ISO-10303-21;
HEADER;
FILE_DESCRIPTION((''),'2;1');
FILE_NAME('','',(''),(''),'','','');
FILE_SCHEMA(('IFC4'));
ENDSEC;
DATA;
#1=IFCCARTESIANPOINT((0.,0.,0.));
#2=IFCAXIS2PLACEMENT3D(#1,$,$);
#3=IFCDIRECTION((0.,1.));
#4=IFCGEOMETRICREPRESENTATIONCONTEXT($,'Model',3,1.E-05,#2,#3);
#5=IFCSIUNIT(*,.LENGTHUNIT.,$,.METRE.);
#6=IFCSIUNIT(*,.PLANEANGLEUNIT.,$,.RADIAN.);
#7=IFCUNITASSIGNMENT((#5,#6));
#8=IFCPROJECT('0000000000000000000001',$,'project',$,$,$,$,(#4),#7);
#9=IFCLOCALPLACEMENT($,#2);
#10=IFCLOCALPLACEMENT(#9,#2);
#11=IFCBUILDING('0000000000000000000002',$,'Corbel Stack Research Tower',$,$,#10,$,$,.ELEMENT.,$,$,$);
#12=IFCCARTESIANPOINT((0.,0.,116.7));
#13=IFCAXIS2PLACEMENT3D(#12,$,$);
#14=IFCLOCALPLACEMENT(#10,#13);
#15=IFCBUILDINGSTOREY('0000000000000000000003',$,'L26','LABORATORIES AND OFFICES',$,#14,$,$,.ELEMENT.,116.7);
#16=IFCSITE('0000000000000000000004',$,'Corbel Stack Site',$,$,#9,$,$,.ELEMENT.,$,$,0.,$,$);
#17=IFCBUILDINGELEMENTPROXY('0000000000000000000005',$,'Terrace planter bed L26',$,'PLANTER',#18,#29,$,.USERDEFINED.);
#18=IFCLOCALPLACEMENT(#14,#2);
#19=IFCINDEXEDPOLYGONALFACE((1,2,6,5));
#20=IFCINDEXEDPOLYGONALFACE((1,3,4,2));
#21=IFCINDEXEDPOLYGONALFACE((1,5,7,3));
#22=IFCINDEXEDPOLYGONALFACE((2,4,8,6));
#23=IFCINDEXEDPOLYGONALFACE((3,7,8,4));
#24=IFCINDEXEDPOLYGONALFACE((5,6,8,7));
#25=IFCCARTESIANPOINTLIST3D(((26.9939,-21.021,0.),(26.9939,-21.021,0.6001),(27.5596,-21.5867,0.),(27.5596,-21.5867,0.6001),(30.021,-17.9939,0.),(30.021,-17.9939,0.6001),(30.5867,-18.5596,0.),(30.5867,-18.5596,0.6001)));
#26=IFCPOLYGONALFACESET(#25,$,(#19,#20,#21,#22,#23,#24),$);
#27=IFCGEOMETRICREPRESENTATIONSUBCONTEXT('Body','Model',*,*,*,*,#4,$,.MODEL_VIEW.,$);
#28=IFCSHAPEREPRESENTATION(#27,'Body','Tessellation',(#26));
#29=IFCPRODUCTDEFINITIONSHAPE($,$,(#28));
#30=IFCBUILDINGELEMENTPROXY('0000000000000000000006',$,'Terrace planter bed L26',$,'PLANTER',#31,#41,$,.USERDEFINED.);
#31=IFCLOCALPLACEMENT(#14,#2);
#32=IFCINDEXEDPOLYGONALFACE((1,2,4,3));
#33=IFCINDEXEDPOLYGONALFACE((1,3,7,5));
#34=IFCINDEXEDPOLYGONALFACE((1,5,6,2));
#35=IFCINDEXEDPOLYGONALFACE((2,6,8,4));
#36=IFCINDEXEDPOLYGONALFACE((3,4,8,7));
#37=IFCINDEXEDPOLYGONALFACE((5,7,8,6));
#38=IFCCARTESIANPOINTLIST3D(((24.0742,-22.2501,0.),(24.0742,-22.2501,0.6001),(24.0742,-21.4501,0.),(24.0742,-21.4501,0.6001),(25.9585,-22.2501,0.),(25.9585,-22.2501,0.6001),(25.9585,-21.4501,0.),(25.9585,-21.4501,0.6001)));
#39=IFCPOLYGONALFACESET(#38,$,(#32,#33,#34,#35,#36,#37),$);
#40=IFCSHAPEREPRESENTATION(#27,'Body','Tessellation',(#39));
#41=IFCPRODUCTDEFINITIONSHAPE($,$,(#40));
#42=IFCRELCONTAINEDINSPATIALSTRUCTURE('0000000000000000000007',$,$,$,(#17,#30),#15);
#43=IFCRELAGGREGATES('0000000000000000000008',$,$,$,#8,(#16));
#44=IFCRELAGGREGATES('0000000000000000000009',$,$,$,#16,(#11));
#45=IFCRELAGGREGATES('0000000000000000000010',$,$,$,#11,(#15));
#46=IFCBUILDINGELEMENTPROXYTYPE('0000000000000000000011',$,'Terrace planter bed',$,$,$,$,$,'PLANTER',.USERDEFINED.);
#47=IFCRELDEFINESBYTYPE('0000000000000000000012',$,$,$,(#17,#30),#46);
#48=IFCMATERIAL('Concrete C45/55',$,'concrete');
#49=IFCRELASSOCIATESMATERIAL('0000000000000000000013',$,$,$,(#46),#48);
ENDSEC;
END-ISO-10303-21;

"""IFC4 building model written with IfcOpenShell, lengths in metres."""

from ifc_helpers import new_model, si_unit, direction, frame, origin, origin_2d, place, context, subcontext, project, spatial, rectangle, extrude, material, type_object, element, save


model = new_model("IFC4")

# Units and contexts
model_context = context("Model", 3, precision=1e-05, world=origin(), true_north=direction((0.0, 1.0)))
body_context = subcontext(model_context, "Body", "Model", "MODEL_VIEW")
ifc_project = project(units=[si_unit("LENGTHUNIT", "METRE"), si_unit("PLANEANGLEUNIT", "RADIAN")], contexts=[model_context])

# Site, building, storey
site_placement = place(None, origin())
site = spatial("IfcSite", under=ifc_project, at=site_placement, Name="Corbel Stack Site", CompositionType="ELEMENT", RefElevation=0.0)
building_placement = place(site_placement, origin())
building = spatial("IfcBuilding", under=site, at=building_placement, Name="Corbel Stack Research Tower", CompositionType="ELEMENT")
storey_placement = place(building_placement, frame((0.0, 0.0, 116.7)))
storey = spatial("IfcBuildingStorey", under=building, at=storey_placement, Name="L26", Description="LABORATORIES AND OFFICES", CompositionType="ELEMENT", Elevation=116.7)

# Building element proxies
ifc_material_1 = material(Name="Concrete C45/55", Category="concrete")
building_element_proxy_type = type_object("IfcBuildingElementProxyType", Name="Terrace planter bed", ElementType="PLANTER", PredefinedType="USERDEFINED", material=ifc_material_1)
proxy_1_placement = place(storey_placement, frame((28.7903, -19.7903, 0.0), z_axis=(0.0, 0.0, 1.0), x_axis=(-0.707107, -0.707107, 0.0)))
element("IfcBuildingElementProxy", 1, at=proxy_1_placement, inside=storey, type_object=building_element_proxy_type, Name="Terrace planter bed L26", ObjectType="PLANTER", PredefinedType="USERDEFINED", context=body_context, shape_type="SweptSolid", body=[
    extrude(rectangle(XDim=4.281, YDim=0.8, at=origin_2d()), origin(), (0.0, 0.0, 1.0), 0.6001),
])
proxy_2_placement = place(storey_placement, frame((25.0164, -21.8501, 0.0), z_axis=(0.0, 0.0, 1.0), x_axis=(-1.0, 0.0, 0.0)))
element("IfcBuildingElementProxy", 2, at=proxy_2_placement, inside=storey, type_object=building_element_proxy_type, Name="Terrace planter bed L26", ObjectType="PLANTER", PredefinedType="USERDEFINED", context=body_context, shape_type="SweptSolid", body=[
    extrude(rectangle(XDim=1.8843, YDim=0.8, at=origin_2d()), origin(), (0.0, 0.0, 1.0), 0.6001),
])

save(model, "model.ifc")
